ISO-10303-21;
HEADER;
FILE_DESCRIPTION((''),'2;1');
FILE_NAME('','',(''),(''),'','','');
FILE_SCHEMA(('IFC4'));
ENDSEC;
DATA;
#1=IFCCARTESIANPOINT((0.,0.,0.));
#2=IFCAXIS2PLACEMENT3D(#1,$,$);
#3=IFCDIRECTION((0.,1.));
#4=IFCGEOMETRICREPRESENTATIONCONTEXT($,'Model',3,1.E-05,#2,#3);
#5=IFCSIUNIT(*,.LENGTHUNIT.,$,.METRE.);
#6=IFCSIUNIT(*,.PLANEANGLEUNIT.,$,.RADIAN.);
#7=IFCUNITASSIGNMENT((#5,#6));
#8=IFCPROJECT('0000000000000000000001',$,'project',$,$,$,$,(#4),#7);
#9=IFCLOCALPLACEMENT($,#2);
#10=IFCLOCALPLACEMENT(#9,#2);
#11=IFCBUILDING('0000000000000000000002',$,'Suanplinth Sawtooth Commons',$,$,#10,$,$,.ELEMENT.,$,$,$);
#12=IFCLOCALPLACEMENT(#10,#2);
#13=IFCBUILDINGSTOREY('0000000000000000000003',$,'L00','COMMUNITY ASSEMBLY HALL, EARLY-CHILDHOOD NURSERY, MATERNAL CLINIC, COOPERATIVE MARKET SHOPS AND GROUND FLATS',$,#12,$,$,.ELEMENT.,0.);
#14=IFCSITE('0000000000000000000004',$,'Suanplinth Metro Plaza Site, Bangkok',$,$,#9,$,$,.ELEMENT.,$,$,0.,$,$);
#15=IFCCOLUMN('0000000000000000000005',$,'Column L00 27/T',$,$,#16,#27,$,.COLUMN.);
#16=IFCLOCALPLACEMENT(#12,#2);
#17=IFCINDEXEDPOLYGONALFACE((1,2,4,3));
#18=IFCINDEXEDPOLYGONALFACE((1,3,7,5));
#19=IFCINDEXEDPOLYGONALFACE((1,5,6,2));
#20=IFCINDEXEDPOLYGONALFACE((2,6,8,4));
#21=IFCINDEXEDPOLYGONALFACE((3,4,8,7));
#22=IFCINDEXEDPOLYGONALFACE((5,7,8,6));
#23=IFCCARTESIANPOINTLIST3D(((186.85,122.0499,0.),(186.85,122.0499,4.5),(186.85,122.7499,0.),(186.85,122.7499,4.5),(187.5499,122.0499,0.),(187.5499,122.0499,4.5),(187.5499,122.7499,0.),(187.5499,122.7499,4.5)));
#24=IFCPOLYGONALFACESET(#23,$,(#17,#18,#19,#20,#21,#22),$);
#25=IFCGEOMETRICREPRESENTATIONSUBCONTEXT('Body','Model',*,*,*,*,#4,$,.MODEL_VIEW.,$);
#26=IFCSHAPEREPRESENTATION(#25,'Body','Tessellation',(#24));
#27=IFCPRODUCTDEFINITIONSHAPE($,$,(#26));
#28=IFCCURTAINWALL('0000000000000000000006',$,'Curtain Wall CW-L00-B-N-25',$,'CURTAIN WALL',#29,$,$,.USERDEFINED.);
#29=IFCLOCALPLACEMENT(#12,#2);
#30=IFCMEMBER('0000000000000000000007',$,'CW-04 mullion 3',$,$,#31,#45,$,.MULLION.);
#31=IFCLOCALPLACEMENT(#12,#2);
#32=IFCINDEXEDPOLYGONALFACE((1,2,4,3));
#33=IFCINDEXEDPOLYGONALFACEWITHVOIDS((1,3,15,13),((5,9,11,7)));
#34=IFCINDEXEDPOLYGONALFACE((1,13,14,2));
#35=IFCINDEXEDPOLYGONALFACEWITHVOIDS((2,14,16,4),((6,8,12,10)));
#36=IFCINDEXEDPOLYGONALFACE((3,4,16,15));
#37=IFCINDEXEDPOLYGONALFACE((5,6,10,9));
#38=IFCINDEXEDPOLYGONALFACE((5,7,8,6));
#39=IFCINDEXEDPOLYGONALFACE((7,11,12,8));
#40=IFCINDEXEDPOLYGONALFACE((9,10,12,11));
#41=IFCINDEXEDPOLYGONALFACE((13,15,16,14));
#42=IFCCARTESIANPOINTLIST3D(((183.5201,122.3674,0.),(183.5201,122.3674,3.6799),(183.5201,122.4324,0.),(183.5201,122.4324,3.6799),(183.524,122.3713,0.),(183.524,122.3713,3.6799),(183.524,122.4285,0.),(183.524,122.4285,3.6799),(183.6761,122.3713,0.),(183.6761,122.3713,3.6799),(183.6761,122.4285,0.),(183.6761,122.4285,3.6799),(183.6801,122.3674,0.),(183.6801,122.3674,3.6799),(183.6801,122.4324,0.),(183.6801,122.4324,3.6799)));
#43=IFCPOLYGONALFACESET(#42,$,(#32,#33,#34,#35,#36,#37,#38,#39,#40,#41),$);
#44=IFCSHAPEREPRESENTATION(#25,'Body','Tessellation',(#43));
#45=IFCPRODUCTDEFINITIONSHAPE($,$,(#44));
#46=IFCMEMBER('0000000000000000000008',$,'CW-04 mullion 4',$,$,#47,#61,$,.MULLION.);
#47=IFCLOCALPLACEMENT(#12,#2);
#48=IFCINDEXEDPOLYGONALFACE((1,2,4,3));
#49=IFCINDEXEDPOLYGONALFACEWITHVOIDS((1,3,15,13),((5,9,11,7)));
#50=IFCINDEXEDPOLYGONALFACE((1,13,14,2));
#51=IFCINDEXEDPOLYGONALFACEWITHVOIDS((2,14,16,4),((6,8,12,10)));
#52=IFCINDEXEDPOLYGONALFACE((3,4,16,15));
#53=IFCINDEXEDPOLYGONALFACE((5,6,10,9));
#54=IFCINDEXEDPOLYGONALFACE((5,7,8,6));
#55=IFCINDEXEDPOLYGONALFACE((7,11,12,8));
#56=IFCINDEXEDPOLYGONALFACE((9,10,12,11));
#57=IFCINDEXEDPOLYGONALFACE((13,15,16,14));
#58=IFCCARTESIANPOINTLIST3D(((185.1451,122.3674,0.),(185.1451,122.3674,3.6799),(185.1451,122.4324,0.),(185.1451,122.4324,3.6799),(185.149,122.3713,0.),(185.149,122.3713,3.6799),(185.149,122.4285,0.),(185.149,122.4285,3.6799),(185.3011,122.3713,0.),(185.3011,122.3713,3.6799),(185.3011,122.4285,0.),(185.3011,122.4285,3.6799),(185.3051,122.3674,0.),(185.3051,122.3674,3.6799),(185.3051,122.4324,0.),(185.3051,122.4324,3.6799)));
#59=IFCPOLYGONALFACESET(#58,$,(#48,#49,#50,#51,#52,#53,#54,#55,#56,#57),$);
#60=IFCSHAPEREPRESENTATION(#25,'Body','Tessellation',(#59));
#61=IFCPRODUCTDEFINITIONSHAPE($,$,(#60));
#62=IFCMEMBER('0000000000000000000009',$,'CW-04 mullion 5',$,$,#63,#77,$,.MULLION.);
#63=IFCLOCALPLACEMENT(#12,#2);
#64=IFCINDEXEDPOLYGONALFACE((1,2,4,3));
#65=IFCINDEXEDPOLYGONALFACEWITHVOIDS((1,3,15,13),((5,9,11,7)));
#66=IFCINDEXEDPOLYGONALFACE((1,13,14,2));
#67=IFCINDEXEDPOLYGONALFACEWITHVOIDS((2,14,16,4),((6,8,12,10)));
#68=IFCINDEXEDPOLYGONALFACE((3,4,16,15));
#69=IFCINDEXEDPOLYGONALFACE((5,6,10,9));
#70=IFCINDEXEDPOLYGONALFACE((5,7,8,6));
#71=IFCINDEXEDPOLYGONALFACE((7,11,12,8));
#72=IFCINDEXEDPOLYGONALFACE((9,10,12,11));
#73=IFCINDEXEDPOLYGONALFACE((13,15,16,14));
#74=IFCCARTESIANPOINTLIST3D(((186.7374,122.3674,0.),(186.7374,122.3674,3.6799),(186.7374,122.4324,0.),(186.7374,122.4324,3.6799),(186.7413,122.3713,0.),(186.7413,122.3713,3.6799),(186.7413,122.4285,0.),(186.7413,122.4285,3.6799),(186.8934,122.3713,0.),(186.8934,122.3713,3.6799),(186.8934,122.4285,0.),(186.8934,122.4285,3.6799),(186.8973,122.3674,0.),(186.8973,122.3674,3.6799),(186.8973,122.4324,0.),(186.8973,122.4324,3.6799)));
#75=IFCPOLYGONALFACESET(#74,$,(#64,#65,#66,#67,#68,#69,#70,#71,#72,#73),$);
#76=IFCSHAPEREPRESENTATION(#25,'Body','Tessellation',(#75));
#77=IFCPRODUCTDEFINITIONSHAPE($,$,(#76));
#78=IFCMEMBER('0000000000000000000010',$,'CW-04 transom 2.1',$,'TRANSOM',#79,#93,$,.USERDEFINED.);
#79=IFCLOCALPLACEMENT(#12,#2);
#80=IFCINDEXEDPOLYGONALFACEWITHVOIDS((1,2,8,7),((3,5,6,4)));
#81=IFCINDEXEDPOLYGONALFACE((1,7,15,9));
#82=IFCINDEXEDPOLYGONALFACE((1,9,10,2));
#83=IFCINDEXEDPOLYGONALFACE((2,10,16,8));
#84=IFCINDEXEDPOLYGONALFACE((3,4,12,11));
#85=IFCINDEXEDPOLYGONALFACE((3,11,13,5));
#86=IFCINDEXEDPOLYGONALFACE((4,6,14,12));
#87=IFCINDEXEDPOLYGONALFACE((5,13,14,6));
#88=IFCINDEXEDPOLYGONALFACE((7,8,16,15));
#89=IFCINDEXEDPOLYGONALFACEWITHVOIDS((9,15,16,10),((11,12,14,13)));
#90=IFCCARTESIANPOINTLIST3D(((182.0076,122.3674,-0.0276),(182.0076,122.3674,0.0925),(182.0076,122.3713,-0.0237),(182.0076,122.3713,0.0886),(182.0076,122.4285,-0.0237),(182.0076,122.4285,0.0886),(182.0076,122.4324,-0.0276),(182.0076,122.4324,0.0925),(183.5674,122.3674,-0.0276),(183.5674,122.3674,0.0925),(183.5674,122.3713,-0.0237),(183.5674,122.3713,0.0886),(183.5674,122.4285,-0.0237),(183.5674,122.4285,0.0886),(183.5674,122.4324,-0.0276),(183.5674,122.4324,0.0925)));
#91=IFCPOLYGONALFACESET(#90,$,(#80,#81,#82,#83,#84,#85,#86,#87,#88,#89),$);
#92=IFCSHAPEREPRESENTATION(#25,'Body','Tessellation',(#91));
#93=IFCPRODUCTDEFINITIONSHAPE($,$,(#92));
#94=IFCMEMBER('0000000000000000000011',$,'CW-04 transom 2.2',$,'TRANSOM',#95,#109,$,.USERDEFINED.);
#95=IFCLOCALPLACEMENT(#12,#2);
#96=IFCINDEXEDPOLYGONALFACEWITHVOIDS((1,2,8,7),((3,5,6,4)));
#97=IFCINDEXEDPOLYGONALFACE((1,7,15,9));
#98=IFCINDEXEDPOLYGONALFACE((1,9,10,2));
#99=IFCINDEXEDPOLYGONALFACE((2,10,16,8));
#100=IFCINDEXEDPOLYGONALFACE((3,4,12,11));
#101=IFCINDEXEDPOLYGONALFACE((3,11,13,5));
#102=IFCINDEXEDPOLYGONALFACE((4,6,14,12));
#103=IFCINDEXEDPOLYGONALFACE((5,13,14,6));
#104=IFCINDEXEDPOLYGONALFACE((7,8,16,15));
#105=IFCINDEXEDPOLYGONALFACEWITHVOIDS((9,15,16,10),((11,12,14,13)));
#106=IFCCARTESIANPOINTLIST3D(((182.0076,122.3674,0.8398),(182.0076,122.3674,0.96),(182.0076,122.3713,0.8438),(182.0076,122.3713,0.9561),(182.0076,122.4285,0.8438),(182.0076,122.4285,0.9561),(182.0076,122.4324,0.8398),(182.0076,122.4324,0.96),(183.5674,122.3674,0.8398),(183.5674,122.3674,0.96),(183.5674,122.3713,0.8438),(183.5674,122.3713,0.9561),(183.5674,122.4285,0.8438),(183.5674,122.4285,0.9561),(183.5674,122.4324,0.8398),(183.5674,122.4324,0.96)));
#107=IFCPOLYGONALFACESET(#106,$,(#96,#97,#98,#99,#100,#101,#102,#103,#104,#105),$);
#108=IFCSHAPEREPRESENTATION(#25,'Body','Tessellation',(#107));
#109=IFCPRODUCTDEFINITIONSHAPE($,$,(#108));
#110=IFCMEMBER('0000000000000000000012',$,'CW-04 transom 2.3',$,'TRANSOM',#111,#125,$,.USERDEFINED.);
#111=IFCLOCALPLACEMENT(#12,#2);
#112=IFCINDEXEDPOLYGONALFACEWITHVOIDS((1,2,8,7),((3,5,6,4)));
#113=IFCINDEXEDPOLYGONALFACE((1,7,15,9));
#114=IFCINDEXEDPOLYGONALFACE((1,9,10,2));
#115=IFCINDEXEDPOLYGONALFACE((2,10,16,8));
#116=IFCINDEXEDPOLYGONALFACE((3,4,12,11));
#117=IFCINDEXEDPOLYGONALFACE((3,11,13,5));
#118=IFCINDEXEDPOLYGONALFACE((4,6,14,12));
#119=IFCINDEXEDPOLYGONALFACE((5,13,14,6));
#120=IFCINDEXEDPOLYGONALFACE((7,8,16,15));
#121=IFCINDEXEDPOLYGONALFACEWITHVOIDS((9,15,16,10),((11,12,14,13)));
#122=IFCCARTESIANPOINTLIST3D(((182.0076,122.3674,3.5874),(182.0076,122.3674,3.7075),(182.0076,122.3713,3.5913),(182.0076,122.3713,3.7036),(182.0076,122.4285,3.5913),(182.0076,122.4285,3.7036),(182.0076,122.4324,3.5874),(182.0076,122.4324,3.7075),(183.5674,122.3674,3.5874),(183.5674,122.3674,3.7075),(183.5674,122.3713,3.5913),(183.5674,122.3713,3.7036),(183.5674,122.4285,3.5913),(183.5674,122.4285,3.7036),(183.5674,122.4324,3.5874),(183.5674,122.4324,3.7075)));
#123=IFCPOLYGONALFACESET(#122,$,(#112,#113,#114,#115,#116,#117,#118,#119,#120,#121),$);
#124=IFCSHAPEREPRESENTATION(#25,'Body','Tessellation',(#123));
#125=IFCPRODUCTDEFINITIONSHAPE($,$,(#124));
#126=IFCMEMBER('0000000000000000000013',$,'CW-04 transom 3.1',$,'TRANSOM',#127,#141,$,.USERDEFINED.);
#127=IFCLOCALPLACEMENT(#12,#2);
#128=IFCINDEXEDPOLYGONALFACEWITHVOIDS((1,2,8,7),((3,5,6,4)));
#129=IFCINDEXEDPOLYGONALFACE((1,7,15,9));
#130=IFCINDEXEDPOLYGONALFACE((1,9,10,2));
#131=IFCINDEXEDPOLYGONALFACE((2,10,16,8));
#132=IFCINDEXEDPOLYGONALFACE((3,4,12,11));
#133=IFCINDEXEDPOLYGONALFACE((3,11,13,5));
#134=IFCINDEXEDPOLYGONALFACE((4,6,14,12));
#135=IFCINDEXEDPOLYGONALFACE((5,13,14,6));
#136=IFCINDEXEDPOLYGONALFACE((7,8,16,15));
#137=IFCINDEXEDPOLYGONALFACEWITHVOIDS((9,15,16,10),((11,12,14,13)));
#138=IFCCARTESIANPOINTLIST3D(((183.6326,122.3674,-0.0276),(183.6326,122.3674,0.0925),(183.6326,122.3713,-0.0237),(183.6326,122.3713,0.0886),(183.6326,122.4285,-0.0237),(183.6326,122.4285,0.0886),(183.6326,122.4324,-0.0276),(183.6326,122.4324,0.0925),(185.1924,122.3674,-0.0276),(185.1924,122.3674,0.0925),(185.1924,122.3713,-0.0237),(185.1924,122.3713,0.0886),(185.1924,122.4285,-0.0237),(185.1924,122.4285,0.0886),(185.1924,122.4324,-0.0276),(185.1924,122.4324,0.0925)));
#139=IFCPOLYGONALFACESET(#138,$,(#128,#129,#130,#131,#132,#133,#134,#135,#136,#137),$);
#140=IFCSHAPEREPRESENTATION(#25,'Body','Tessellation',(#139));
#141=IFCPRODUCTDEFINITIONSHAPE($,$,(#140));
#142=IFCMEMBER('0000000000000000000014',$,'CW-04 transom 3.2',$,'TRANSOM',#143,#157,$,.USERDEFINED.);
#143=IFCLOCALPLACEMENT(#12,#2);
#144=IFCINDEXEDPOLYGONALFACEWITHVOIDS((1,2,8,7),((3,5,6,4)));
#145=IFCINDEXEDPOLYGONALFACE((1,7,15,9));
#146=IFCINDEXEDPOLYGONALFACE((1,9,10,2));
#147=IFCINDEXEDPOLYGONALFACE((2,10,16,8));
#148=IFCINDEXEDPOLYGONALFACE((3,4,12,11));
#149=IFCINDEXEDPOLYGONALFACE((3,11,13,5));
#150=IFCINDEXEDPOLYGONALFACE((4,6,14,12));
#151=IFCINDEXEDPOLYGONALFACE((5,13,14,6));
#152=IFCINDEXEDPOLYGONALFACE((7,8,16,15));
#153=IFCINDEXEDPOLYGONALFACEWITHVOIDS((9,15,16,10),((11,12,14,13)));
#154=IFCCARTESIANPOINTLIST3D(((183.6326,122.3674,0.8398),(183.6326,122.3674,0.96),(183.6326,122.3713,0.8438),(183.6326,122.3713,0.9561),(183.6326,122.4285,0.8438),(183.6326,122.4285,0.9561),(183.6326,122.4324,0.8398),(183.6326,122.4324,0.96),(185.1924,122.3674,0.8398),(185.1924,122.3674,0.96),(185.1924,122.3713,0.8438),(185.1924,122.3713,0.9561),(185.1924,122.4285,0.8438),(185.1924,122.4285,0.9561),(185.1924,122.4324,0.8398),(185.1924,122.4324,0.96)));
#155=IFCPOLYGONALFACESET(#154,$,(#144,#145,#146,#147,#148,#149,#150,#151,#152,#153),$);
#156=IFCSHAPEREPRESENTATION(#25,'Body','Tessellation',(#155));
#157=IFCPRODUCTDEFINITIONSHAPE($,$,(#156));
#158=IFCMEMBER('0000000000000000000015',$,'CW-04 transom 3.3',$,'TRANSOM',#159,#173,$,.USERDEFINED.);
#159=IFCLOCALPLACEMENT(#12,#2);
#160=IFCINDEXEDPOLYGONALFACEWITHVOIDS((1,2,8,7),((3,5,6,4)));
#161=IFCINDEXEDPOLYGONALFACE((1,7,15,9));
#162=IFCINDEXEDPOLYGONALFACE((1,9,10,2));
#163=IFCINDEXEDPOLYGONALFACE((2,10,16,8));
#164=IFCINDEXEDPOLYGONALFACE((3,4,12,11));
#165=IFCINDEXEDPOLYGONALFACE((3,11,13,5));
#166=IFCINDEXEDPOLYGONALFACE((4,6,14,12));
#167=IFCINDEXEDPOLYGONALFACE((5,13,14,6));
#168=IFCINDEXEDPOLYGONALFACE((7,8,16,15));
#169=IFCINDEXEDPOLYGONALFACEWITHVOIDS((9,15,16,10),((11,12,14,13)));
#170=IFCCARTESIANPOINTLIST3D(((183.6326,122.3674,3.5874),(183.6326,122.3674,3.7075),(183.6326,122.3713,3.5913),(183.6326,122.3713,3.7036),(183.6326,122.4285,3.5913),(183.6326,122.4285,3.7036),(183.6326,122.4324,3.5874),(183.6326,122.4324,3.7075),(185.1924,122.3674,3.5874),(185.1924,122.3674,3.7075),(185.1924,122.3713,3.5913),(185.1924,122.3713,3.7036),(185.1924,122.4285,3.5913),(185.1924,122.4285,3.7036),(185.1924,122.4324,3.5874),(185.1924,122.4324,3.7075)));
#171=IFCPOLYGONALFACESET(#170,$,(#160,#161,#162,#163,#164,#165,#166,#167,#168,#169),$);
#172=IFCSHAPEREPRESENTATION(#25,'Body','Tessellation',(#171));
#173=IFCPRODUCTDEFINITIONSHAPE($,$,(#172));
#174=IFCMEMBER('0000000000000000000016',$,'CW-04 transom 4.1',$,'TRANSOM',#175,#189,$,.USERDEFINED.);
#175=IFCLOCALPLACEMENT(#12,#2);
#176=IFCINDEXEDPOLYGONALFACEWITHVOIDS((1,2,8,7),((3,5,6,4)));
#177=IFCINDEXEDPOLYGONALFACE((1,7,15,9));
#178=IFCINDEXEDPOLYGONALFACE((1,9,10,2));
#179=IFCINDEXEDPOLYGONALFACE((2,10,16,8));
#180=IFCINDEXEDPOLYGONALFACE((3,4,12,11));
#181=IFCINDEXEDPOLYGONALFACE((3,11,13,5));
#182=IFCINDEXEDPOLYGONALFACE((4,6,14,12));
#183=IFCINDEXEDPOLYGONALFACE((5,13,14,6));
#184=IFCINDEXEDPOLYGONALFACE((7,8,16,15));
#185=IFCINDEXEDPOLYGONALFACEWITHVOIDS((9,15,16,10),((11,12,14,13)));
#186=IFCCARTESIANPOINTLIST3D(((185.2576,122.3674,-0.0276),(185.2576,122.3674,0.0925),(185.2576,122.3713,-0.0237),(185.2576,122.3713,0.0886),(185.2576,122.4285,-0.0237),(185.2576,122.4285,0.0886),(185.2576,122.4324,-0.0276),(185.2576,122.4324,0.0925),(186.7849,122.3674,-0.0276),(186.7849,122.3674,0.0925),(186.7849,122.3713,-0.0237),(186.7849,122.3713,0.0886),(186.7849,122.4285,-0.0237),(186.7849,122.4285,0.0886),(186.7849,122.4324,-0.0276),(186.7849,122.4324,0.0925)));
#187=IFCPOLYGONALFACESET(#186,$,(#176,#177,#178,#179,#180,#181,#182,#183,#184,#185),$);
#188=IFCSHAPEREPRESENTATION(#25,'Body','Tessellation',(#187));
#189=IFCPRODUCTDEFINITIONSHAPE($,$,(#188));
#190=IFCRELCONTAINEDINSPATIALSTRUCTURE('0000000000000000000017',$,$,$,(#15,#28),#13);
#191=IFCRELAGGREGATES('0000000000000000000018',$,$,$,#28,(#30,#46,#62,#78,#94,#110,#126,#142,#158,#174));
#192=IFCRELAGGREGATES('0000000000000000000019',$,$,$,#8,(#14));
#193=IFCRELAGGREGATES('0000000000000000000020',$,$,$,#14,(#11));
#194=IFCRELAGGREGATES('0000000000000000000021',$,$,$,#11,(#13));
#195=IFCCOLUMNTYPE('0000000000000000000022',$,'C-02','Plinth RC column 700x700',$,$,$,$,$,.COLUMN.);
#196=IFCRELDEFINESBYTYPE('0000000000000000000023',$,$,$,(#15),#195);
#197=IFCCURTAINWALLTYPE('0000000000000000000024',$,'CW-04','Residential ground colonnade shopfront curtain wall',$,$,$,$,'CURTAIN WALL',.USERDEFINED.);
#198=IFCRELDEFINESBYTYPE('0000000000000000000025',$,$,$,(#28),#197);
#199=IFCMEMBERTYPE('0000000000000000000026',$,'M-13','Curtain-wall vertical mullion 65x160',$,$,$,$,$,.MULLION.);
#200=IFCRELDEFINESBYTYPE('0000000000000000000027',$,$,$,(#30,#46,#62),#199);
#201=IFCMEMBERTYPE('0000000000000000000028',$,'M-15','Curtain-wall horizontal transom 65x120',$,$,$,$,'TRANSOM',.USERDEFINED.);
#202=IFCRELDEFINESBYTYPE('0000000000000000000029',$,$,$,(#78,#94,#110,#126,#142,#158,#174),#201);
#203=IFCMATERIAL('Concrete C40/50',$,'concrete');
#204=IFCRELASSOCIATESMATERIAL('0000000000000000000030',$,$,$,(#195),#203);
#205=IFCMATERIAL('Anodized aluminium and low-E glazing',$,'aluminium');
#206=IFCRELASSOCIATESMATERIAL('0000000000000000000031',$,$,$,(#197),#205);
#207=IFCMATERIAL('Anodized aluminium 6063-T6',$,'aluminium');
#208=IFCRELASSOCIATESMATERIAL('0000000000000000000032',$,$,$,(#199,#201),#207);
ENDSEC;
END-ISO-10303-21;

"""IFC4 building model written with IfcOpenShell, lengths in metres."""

from ifc_helpers import new_model, si_unit, direction, frame, origin, origin_2d, place, context, subcontext, project, spatial, rectangle, hollow_rectangle, extrude, material, material_profile, profile_set, type_object, element, aggregate, save


model = new_model("IFC4")

# Units and contexts
model_context = context("Model", 3, precision=1e-05, world=origin(), true_north=direction((0.0, 1.0)))
body_context = subcontext(model_context, "Body", "Model", "MODEL_VIEW")
ifc_project = project(units=[si_unit("LENGTHUNIT", "METRE"), si_unit("PLANEANGLEUNIT", "RADIAN")], contexts=[model_context])

# Site, building, storey
site_placement = place(None, origin())
site = spatial("IfcSite", under=ifc_project, at=site_placement, Name="Suanplinth Metro Plaza Site, Bangkok", CompositionType="ELEMENT", RefElevation=0.0)
building_placement = place(site_placement, origin())
building = spatial("IfcBuilding", under=site, at=building_placement, Name="Suanplinth Sawtooth Commons", CompositionType="ELEMENT")
storey_placement = place(building_placement, origin())
storey = spatial("IfcBuildingStorey", under=building, at=storey_placement, Name="L00", Description="COMMUNITY ASSEMBLY HALL, EARLY-CHILDHOOD NURSERY, MATERNAL CLINIC, COOPERATIVE MARKET SHOPS AND GROUND FLATS", CompositionType="ELEMENT", Elevation=0.0)

# Column
ifc_material_1 = material(Name="Concrete C40/50", Category="concrete")
ifc_material_profile_1 = material_profile(ifc_material_1, rectangle(XDim=0.7, YDim=0.7, at=origin_2d()), Name="RC-COL 700x700")
ifc_profile_set_1 = profile_set([ifc_material_profile_1], Name="Concrete C40/50")
column_type = type_object("IfcColumnType", Name="C-02", Description="Plinth RC column 700x700", PredefinedType="COLUMN", material=ifc_profile_set_1)
column_placement = place(storey_placement, frame((187.2, 122.3999, 0.0), z_axis=(0.0, 0.0, 1.0), x_axis=(1.0, 0.0, 0.0)))
element("IfcColumn", 1, at=column_placement, inside=storey, type_object=column_type, Name="Column L00 27/T", PredefinedType="COLUMN", context=body_context, shape_type="SweptSolid", body=[
    extrude(rectangle(XDim=0.7, YDim=0.7, at=origin_2d()), origin(), (0.0, 0.0, 1.0), 4.5),
])

# Curtain wall, members
ifc_material_2 = material(Name="Anodized aluminium and low-E glazing", Category="aluminium")
curtain_wall_type = type_object("IfcCurtainWallType", Name="CW-04", Description="Residential ground colonnade shopfront curtain wall", ElementType="CURTAIN WALL", PredefinedType="USERDEFINED", material=ifc_material_2)
curtain_wall_placement = place(storey_placement, origin())
curtain_wall = element("IfcCurtainWall", 2, at=curtain_wall_placement, inside=storey, type_object=curtain_wall_type, Name="Curtain Wall CW-L00-B-N-25", ObjectType="CURTAIN WALL", PredefinedType="USERDEFINED")
ifc_material_3 = material(Name="Anodized aluminium 6063-T6", Category="aluminium")
ifc_material_profile_2 = material_profile(ifc_material_3, hollow_rectangle(XDim=0.0649, YDim=0.1599, WallThickness=0.0039, at=origin_2d()), Name="ALU-MUL 65x160")
ifc_profile_set_2 = profile_set([ifc_material_profile_2], Name="Anodized aluminium 6063-T6")
member_type_1 = type_object("IfcMemberType", Name="M-13", Description="Curtain-wall vertical mullion 65x160", PredefinedType="MULLION", material=ifc_profile_set_2)
member_1_placement = place(storey_placement, frame((183.6001, 122.3999, 0.0), z_axis=(0.0, 0.0, 1.0), x_axis=(0.0, 1.0, 0.0)))
member_1 = element("IfcMember", 3, at=member_1_placement, type_object=member_type_1, Name="CW-04 mullion 3", PredefinedType="MULLION", context=body_context, shape_type="SweptSolid", body=[
    extrude(hollow_rectangle(XDim=0.0649, YDim=0.1599, WallThickness=0.0039, at=origin_2d()), origin(), (0.0, 0.0, 1.0), 3.6799),
])
member_2_placement = place(storey_placement, frame((185.2251, 122.3999, 0.0), z_axis=(0.0, 0.0, 1.0), x_axis=(0.0, 1.0, 0.0)))
member_2 = element("IfcMember", 4, at=member_2_placement, type_object=member_type_1, Name="CW-04 mullion 4", PredefinedType="MULLION", context=body_context, shape_type="SweptSolid", body=[
    extrude(hollow_rectangle(XDim=0.0649, YDim=0.1599, WallThickness=0.0039, at=origin_2d()), origin(), (0.0, 0.0, 1.0), 3.6799),
])
member_3_placement = place(storey_placement, frame((186.8174, 122.3999, 0.0), z_axis=(0.0, 0.0, 1.0), x_axis=(0.0, 1.0, 0.0)))
member_3 = element("IfcMember", 5, at=member_3_placement, type_object=member_type_1, Name="CW-04 mullion 5", PredefinedType="MULLION", context=body_context, shape_type="SweptSolid", body=[
    extrude(hollow_rectangle(XDim=0.0649, YDim=0.1599, WallThickness=0.0039, at=origin_2d()), origin(), (0.0, 0.0, 1.0), 3.6799),
])
ifc_material_profile_3 = material_profile(ifc_material_3, hollow_rectangle(XDim=0.0649, YDim=0.1201, WallThickness=0.0039, at=origin_2d()), Name="ALU-TRN 65x120")
ifc_profile_set_3 = profile_set([ifc_material_profile_3], Name="Anodized aluminium 6063-T6")
member_type_2 = type_object("IfcMemberType", Name="M-15", Description="Curtain-wall horizontal transom 65x120", ElementType="TRANSOM", PredefinedType="USERDEFINED", material=ifc_profile_set_3)
member_4_placement = place(storey_placement, frame((182.0076, 122.3999, 0.0325), z_axis=(1.0, 0.0, 0.0), x_axis=(0.0, 1.0, 0.0)))
member_4 = element("IfcMember", 6, at=member_4_placement, type_object=member_type_2, Name="CW-04 transom 2.1", ObjectType="TRANSOM", PredefinedType="USERDEFINED", context=body_context, shape_type="SweptSolid", body=[
    extrude(hollow_rectangle(XDim=0.0649, YDim=0.1201, WallThickness=0.0039, at=origin_2d()), origin(), (0.0, 0.0, 1.0), 1.5598),
])
member_5_placement = place(storey_placement, frame((182.0076, 122.3999, 0.8999), z_axis=(1.0, 0.0, 0.0), x_axis=(0.0, 1.0, 0.0)))
member_5 = element("IfcMember", 7, at=member_5_placement, type_object=member_type_2, Name="CW-04 transom 2.2", ObjectType="TRANSOM", PredefinedType="USERDEFINED", context=body_context, shape_type="SweptSolid", body=[
    extrude(hollow_rectangle(XDim=0.0649, YDim=0.1201, WallThickness=0.0039, at=origin_2d()), origin(), (0.0, 0.0, 1.0), 1.5598),
])
member_6_placement = place(storey_placement, frame((182.0076, 122.3999, 3.6475), z_axis=(1.0, 0.0, 0.0), x_axis=(0.0, 1.0, 0.0)))
member_6 = element("IfcMember", 8, at=member_6_placement, type_object=member_type_2, Name="CW-04 transom 2.3", ObjectType="TRANSOM", PredefinedType="USERDEFINED", context=body_context, shape_type="SweptSolid", body=[
    extrude(hollow_rectangle(XDim=0.0649, YDim=0.1201, WallThickness=0.0039, at=origin_2d()), origin(), (0.0, 0.0, 1.0), 1.5598),
])
member_7_placement = place(storey_placement, frame((183.6326, 122.3999, 0.0325), z_axis=(1.0, 0.0, 0.0), x_axis=(0.0, 1.0, 0.0)))
member_7 = element("IfcMember", 9, at=member_7_placement, type_object=member_type_2, Name="CW-04 transom 3.1", ObjectType="TRANSOM", PredefinedType="USERDEFINED", context=body_context, shape_type="SweptSolid", body=[
    extrude(hollow_rectangle(XDim=0.0649, YDim=0.1201, WallThickness=0.0039, at=origin_2d()), origin(), (0.0, 0.0, 1.0), 1.5598),
])
member_8_placement = place(storey_placement, frame((183.6326, 122.3999, 0.8999), z_axis=(1.0, 0.0, 0.0), x_axis=(0.0, 1.0, 0.0)))
member_8 = element("IfcMember", 10, at=member_8_placement, type_object=member_type_2, Name="CW-04 transom 3.2", ObjectType="TRANSOM", PredefinedType="USERDEFINED", context=body_context, shape_type="SweptSolid", body=[
    extrude(hollow_rectangle(XDim=0.0649, YDim=0.1201, WallThickness=0.0039, at=origin_2d()), origin(), (0.0, 0.0, 1.0), 1.5598),
])
member_9_placement = place(storey_placement, frame((183.6326, 122.3999, 3.6475), z_axis=(1.0, 0.0, 0.0), x_axis=(0.0, 1.0, 0.0)))
member_9 = element("IfcMember", 11, at=member_9_placement, type_object=member_type_2, Name="CW-04 transom 3.3", ObjectType="TRANSOM", PredefinedType="USERDEFINED", context=body_context, shape_type="SweptSolid", body=[
    extrude(hollow_rectangle(XDim=0.0649, YDim=0.1201, WallThickness=0.0039, at=origin_2d()), origin(), (0.0, 0.0, 1.0), 1.5598),
])
member_10_placement = place(storey_placement, frame((185.2576, 122.3999, 0.0325), z_axis=(1.0, 0.0, 0.0), x_axis=(0.0, 1.0, 0.0)))
member_10 = element("IfcMember", 12, at=member_10_placement, type_object=member_type_2, Name="CW-04 transom 4.1", ObjectType="TRANSOM", PredefinedType="USERDEFINED", context=body_context, shape_type="SweptSolid", body=[
    extrude(hollow_rectangle(XDim=0.0649, YDim=0.1201, WallThickness=0.0039, at=origin_2d()), origin(), (0.0, 0.0, 1.0), 1.5273),
])
aggregate(curtain_wall, [member_1, member_2, member_3, member_4, member_5, member_6, member_7, member_8, member_9, member_10])

save(model, "model.ifc")
